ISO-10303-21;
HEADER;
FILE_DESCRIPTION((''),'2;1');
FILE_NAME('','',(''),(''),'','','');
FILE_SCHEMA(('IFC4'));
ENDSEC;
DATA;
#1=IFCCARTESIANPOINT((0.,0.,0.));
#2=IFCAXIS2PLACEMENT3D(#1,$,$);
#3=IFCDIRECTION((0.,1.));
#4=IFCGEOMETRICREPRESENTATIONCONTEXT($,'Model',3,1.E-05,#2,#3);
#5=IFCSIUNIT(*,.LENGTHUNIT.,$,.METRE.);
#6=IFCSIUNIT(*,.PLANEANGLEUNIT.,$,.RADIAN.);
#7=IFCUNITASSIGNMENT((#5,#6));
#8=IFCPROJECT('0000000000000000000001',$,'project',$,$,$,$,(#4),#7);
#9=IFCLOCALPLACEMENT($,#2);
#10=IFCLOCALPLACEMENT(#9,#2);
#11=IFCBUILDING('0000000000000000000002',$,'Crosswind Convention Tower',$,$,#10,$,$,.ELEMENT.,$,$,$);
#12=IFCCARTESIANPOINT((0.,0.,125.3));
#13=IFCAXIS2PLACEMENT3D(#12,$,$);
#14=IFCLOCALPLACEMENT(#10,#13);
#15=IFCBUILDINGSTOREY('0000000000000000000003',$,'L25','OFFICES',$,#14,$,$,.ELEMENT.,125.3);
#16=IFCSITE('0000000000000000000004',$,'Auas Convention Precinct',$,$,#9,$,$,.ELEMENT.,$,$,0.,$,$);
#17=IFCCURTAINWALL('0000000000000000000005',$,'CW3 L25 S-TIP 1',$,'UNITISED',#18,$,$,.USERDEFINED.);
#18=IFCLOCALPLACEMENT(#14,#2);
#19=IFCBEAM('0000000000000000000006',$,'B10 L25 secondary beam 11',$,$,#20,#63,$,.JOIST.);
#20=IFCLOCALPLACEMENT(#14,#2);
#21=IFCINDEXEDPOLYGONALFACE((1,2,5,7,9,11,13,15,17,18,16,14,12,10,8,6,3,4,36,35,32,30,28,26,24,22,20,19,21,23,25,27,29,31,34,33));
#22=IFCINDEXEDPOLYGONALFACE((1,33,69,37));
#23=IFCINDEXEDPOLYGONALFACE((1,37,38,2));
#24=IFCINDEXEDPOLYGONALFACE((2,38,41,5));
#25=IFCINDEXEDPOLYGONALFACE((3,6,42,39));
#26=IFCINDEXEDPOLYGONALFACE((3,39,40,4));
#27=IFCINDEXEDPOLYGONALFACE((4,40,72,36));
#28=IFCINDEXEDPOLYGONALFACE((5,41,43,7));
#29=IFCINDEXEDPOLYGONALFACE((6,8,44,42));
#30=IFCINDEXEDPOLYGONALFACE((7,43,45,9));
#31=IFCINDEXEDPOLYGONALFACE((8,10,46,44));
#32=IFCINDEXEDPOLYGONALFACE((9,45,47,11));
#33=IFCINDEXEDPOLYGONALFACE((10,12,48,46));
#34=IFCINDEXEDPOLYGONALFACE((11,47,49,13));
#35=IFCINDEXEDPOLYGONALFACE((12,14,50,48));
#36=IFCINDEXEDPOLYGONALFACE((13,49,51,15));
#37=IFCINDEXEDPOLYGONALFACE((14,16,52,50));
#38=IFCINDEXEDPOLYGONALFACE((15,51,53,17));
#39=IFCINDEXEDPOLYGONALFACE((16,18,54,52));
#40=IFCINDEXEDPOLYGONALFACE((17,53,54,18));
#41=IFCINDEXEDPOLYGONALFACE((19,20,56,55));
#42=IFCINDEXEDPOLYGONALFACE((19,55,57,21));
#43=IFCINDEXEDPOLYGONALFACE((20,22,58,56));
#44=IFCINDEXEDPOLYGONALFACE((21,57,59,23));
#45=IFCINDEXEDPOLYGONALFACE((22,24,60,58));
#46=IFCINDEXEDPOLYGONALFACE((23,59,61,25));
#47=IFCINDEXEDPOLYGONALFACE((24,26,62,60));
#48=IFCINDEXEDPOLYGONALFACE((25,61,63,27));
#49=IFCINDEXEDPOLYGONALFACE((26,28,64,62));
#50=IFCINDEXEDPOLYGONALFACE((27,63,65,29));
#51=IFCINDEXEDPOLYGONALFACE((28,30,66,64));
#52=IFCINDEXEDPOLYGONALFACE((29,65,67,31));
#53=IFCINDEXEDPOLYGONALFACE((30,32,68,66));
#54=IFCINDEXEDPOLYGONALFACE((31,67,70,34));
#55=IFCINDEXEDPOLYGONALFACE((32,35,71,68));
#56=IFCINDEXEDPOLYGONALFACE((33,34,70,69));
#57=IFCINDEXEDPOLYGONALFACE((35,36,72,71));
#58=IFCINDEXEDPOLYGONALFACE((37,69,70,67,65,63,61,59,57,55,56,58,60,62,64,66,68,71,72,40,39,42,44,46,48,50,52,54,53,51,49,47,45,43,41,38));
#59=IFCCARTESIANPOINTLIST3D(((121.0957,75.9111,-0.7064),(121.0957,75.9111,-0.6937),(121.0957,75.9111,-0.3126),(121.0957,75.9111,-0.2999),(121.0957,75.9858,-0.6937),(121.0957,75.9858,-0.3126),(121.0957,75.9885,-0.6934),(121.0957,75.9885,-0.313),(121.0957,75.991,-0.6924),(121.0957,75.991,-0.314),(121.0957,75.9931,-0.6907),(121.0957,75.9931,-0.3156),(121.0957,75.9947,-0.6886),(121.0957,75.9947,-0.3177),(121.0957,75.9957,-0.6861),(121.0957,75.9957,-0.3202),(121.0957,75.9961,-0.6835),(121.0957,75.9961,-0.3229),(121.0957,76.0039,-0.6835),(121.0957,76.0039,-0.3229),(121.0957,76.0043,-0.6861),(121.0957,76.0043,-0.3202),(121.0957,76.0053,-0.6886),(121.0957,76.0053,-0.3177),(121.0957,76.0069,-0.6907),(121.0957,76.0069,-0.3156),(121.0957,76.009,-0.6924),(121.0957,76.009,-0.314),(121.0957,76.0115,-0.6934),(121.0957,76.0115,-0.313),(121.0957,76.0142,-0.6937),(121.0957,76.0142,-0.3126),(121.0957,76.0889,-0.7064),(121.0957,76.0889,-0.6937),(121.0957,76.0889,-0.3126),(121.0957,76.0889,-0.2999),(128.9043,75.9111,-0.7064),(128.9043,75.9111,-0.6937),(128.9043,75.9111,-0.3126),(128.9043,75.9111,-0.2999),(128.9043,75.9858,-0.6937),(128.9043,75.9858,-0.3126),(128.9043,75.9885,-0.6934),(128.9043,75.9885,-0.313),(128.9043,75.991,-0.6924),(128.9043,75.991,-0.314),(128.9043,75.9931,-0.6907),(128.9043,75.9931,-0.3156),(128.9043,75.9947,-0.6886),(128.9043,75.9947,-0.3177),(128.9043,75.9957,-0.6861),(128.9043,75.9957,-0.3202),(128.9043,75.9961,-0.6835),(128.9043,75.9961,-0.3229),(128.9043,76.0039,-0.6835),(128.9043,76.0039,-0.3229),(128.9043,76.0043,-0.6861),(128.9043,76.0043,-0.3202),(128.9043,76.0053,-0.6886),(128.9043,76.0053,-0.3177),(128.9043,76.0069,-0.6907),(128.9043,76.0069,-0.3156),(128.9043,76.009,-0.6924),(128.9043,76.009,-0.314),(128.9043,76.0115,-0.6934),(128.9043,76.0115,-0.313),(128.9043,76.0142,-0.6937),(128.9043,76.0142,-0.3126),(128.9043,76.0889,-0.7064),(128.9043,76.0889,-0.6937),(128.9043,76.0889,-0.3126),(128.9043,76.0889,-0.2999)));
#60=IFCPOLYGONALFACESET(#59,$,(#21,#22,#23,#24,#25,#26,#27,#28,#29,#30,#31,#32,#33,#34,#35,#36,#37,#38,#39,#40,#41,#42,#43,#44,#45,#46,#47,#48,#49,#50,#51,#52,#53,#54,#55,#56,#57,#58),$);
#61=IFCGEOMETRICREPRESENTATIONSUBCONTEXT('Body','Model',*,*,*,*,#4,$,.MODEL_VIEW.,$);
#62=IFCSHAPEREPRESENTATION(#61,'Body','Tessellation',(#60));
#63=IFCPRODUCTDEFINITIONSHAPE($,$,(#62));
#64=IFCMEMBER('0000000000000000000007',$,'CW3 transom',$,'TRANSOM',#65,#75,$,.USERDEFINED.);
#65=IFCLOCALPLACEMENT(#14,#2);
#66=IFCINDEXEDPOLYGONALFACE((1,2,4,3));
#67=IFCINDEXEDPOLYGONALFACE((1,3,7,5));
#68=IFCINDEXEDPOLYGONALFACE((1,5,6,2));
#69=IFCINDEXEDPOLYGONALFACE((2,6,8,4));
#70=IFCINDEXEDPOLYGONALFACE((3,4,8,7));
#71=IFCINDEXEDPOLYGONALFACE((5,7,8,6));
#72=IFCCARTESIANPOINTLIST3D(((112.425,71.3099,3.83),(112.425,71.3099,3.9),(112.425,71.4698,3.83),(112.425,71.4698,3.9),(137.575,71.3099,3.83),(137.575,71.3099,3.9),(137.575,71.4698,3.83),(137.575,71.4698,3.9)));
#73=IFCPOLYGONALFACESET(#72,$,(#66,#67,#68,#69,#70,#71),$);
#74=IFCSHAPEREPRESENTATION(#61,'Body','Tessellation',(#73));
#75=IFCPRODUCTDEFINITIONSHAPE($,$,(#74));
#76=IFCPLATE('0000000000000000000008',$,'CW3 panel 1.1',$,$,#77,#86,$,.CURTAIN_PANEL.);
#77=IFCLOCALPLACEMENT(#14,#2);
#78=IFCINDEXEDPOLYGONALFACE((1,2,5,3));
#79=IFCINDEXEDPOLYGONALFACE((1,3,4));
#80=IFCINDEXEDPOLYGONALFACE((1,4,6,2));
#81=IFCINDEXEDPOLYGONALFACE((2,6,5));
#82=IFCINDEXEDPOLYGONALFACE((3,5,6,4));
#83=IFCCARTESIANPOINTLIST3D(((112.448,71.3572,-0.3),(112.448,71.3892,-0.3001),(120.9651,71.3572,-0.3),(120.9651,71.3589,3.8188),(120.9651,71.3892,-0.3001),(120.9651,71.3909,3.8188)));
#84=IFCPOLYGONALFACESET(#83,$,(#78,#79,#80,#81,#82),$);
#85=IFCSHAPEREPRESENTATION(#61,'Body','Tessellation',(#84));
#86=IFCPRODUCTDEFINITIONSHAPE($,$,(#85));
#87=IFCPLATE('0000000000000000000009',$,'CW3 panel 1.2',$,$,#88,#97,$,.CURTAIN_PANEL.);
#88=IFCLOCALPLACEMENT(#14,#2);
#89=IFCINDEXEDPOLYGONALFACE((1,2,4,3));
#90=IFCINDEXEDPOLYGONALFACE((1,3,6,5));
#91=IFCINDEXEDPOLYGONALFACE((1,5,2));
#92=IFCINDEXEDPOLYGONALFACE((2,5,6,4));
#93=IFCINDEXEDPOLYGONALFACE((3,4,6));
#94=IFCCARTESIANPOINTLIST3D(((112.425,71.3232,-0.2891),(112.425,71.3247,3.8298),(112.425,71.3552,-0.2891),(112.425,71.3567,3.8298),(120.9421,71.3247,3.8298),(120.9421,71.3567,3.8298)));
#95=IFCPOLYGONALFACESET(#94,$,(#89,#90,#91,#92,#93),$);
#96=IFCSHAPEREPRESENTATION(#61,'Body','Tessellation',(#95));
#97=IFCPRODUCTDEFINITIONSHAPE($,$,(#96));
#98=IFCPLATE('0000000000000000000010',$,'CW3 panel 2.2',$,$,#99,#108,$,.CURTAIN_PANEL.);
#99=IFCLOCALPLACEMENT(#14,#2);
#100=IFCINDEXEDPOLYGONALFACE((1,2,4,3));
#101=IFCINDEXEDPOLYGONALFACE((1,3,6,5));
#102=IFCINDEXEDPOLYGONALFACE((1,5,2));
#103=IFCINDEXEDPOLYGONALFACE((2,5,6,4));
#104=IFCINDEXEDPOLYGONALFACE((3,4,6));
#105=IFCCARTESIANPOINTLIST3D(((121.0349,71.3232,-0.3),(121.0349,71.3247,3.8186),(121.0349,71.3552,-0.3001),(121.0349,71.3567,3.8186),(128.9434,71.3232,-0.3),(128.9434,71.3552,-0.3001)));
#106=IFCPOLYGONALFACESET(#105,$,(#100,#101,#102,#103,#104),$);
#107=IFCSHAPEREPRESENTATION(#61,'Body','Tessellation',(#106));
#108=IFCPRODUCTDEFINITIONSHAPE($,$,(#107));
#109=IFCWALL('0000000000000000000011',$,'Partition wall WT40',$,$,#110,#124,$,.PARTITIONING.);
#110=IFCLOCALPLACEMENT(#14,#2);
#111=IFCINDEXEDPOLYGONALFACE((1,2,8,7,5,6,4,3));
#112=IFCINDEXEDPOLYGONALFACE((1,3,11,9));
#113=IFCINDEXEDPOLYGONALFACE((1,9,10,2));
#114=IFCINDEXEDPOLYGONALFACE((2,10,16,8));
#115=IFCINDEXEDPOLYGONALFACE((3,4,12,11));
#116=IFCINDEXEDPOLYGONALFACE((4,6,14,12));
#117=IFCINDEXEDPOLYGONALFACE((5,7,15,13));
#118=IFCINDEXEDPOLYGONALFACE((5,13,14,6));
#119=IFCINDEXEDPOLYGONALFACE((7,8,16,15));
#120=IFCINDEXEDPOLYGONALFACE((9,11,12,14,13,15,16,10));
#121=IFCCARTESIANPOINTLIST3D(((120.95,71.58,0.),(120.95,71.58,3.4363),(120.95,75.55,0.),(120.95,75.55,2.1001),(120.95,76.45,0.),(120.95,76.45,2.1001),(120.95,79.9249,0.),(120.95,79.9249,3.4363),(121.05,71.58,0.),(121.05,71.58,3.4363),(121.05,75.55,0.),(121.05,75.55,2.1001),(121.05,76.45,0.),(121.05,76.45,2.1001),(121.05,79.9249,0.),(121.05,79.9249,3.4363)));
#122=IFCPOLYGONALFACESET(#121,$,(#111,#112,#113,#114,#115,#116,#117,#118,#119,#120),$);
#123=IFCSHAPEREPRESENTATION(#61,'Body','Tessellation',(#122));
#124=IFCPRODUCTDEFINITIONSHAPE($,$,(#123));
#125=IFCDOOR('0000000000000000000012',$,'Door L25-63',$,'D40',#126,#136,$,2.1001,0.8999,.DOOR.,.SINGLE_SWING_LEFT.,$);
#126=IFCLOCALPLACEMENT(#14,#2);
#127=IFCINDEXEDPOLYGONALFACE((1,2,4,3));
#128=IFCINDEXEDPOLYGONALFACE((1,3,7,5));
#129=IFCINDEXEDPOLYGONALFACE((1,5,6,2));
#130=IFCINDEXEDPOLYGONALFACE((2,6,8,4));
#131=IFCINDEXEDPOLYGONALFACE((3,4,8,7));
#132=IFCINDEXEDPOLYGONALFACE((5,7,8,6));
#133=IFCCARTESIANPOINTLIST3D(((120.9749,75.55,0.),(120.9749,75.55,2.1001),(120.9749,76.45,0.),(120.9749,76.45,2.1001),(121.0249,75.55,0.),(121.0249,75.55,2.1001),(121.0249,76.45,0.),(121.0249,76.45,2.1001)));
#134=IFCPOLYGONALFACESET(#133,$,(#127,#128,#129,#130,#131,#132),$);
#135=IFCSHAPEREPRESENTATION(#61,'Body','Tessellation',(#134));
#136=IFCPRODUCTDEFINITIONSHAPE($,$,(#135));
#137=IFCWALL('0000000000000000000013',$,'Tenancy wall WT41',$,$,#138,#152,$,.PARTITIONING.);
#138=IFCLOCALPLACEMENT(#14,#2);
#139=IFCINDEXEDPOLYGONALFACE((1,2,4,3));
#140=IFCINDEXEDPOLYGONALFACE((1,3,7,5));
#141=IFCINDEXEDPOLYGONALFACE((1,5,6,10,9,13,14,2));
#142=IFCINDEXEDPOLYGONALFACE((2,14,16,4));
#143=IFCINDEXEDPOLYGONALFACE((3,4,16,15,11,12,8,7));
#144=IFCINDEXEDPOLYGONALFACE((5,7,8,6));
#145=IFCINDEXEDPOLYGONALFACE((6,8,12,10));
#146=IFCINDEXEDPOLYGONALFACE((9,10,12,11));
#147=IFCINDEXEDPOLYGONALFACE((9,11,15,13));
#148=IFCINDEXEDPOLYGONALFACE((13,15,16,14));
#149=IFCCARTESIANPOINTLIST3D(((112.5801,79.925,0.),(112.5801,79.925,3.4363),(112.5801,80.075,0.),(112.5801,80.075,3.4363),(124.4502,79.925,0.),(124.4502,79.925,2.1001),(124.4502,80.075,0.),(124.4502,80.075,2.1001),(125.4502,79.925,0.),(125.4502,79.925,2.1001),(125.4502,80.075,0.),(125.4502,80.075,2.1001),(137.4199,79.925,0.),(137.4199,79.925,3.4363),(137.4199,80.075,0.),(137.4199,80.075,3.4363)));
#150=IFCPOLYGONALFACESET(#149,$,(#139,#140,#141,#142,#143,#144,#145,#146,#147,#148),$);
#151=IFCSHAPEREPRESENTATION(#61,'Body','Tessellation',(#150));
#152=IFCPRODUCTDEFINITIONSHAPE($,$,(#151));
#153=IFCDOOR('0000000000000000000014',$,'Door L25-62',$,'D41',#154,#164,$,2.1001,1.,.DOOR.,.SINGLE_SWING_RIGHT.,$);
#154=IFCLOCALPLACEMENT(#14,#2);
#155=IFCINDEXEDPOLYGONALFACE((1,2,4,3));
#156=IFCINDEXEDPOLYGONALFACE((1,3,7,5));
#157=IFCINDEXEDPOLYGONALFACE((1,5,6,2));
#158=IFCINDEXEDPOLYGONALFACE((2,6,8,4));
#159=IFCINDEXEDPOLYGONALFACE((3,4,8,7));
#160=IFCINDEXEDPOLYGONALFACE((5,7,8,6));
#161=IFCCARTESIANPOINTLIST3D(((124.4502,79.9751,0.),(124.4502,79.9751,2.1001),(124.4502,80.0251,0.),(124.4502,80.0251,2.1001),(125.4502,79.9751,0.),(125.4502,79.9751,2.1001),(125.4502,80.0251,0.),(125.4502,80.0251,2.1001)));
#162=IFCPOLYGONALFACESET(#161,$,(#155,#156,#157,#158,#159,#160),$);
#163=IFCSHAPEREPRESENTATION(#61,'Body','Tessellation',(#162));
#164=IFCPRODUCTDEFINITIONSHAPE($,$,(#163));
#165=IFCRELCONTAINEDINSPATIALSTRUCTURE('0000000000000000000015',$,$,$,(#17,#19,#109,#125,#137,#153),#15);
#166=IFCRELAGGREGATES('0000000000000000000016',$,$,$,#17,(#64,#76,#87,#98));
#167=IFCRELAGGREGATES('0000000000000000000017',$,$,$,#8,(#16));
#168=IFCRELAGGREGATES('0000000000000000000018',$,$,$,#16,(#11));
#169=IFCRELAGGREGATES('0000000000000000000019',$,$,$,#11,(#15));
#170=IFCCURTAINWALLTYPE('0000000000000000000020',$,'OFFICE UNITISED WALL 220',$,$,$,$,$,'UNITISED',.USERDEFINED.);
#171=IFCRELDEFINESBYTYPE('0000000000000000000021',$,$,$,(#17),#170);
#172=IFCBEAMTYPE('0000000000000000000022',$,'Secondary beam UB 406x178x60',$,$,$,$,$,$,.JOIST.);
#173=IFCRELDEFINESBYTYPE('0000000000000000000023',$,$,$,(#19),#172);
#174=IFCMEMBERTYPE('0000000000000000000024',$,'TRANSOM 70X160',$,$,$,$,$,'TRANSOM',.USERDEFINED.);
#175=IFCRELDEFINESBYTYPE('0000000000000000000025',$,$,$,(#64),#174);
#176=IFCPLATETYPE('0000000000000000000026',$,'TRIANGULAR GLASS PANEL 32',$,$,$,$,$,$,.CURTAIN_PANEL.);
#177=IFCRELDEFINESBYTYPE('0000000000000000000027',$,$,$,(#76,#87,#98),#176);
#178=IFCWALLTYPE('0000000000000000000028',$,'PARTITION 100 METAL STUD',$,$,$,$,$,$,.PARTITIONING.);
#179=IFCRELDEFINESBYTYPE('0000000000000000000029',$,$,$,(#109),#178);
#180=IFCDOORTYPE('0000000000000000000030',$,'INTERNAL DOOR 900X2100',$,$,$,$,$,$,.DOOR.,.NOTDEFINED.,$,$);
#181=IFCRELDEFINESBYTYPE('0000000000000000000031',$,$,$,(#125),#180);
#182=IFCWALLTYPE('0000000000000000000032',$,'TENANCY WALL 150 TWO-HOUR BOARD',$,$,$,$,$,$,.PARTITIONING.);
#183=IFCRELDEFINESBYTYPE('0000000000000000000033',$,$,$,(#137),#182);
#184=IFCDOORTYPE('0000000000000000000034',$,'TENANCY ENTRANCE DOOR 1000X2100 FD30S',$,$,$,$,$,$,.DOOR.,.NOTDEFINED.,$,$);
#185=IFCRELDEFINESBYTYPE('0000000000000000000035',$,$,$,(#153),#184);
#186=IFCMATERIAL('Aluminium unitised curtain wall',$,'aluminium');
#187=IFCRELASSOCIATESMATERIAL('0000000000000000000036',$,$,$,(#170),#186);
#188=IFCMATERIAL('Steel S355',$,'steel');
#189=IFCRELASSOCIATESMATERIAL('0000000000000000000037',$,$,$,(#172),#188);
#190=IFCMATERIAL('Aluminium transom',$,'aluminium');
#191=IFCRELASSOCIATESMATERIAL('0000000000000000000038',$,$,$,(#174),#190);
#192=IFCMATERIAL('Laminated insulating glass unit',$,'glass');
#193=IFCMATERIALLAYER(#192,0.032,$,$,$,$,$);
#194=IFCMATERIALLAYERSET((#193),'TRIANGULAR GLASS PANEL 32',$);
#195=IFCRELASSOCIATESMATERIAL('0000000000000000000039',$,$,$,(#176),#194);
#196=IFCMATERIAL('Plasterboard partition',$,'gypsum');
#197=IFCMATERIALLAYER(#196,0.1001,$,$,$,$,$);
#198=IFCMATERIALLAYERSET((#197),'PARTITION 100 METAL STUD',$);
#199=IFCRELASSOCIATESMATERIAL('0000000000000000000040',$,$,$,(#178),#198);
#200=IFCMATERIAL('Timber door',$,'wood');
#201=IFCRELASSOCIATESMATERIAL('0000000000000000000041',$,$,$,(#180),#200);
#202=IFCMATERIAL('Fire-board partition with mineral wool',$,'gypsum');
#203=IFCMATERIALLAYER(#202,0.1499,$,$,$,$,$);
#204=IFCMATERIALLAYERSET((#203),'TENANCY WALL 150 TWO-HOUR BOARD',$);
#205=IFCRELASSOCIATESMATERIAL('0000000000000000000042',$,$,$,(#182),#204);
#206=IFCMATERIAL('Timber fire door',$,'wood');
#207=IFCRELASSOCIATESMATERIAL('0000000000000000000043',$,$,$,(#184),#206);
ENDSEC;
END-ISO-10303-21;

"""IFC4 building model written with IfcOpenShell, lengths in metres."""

from ifc_helpers import new_model, si_unit, direction, frame, frame_2d, origin, origin_2d, place, context, subcontext, project, spatial, polyline, rectangle, i_section, outline, extrude, material, layer, layer_set, material_profile, profile_set, type_object, element, fill, aggregate, save


model = new_model("IFC4")

# Units and contexts
model_context = context("Model", 3, precision=1e-05, world=origin(), true_north=direction((0.0, 1.0)))
body_context = subcontext(model_context, "Body", "Model", "MODEL_VIEW")
ifc_project = project(units=[si_unit("LENGTHUNIT", "METRE"), si_unit("PLANEANGLEUNIT", "RADIAN")], contexts=[model_context])

# Site, building, storey
site_placement = place(None, origin())
site = spatial("IfcSite", under=ifc_project, at=site_placement, Name="Auas Convention Precinct", CompositionType="ELEMENT", RefElevation=0.0)
building_placement = place(site_placement, origin())
building = spatial("IfcBuilding", under=site, at=building_placement, Name="Crosswind Convention Tower", CompositionType="ELEMENT")
storey_placement = place(building_placement, frame((0.0, 0.0, 125.3)))
storey = spatial("IfcBuildingStorey", under=building, at=storey_placement, Name="L25", Description="OFFICES", CompositionType="ELEMENT", Elevation=125.3)

# Shared definitions
ifc_material_1 = material(Name="Steel S355", Category="steel")

# Curtain wall
ifc_material_2 = material(Name="Aluminium unitised curtain wall", Category="aluminium")
curtain_wall_type_1 = type_object("IfcCurtainWallType", Name="OFFICE UNITISED WALL 220", ElementType="UNITISED", PredefinedType="USERDEFINED", material=ifc_material_2)
curtain_wall_1_placement = place(storey_placement, origin())
curtain_wall_1 = element("IfcCurtainWall", 1, at=curtain_wall_1_placement, inside=storey, type_object=curtain_wall_type_1, Name="CW3 L25 S-TIP 1", ObjectType="UNITISED", PredefinedType="USERDEFINED")

# Beam
ifc_material_profile_1 = material_profile(ifc_material_1, i_section(OverallWidth=0.1777, OverallDepth=0.4065, WebThickness=0.0078, FlangeThickness=0.0127, FilletRadius=0.0103, at=origin_2d()), Name="UB 406x178x60")
ifc_profile_set_1 = profile_set([ifc_material_profile_1], Name="Steel S355")
beam_type_1 = type_object("IfcBeamType", Name="Secondary beam UB 406x178x60", PredefinedType="JOIST", material=ifc_profile_set_1)
beam_1_placement = place(storey_placement, frame((121.0957, 76.0, -0.5032), z_axis=(1.0, 0.0, 0.0), x_axis=(0.0, 1.0, 0.0)))
element("IfcBeam", 2, at=beam_1_placement, inside=storey, type_object=beam_type_1, Name="B10 L25 secondary beam 11", PredefinedType="JOIST", context=body_context, shape_type="SweptSolid", body=[
    extrude(i_section(OverallWidth=0.1777, OverallDepth=0.4065, WebThickness=0.0078, FlangeThickness=0.0127, FilletRadius=0.0103, at=origin_2d()), origin(), (0.0, 0.0, 1.0), 7.8086),
])

# Member
ifc_material_3 = material(Name="Aluminium transom", Category="aluminium")
ifc_material_profile_2 = material_profile(ifc_material_3, rectangle(XDim=0.1599, YDim=0.0701, at=origin_2d()), Name="AL 160X70")
ifc_profile_set_2 = profile_set([ifc_material_profile_2], Name="Aluminium transom")
member_type_1 = type_object("IfcMemberType", Name="TRANSOM 70X160", ElementType="TRANSOM", PredefinedType="USERDEFINED", material=ifc_profile_set_2)
member_1_placement = place(storey_placement, frame((112.425, 71.3899, 3.865), z_axis=(1.0, 0.0, 0.0), x_axis=(0.0, 1.0, 0.0)))
member_1 = element("IfcMember", 3, at=member_1_placement, type_object=member_type_1, Name="CW3 transom", ObjectType="TRANSOM", PredefinedType="USERDEFINED", context=body_context, shape_type="SweptSolid", body=[
    extrude(rectangle(XDim=0.1599, YDim=0.0701, at=origin_2d()), origin(), (0.0, 0.0, 1.0), 25.1499),
])

# Plates
ifc_material_4 = material(Name="Laminated insulating glass unit", Category="glass")
ifc_layer_1 = layer(ifc_material_4, 0.032)
ifc_layer_set_1 = layer_set([ifc_layer_1], Name="TRIANGULAR GLASS PANEL 32")
plate_type = type_object("IfcPlateType", Name="TRIANGULAR GLASS PANEL 32", PredefinedType="CURTAIN_PANEL", material=ifc_layer_set_1)
plate_1_placement = place(storey_placement, frame((120.9651, 71.3572, -0.3), z_axis=(0.0, -1.0, 0.000415), x_axis=(0.0, 0.000415, 1.0)))
plate_1 = element("IfcPlate", 4, at=plate_1_placement, type_object=plate_type, Name="CW3 panel 1.1", PredefinedType="CURTAIN_PANEL", context=body_context, shape_type="SweptSolid", body=[
    extrude(outline(polyline([(0.0, 0.0), (4.1189, 0.0), (0.0, 8.5171), (0.0, 0.0)])), origin(), (0.0, 0.0, -1.0), 0.032),
])
plate_2_placement = place(storey_placement, frame((112.425, 71.3247, 3.8298), z_axis=(0.0, -1.0, 0.000356), x_axis=(0.0, -0.000356, -1.0)))
plate_2 = element("IfcPlate", 5, at=plate_2_placement, type_object=plate_type, Name="CW3 panel 1.2", PredefinedType="CURTAIN_PANEL", context=body_context, shape_type="SweptSolid", body=[
    extrude(outline(polyline([(0.0, 0.0), (4.1189, 0.0), (0.0, 8.5171), (0.0, 0.0)])), origin(), (0.0, 0.0, -1.0), 0.032),
])
plate_3_placement = place(storey_placement, frame((121.0349, 71.3232, -0.3), z_axis=(0.0, -1.0, 0.000356), x_axis=(1.0, 0.0, 0.0)))
plate_3 = element("IfcPlate", 6, at=plate_3_placement, type_object=plate_type, Name="CW3 panel 2.2", PredefinedType="CURTAIN_PANEL", context=body_context, shape_type="SweptSolid", body=[
    extrude(outline(polyline([(0.0, 0.0), (7.9084, 0.0), (0.0, 4.1187), (0.0, 0.0)])), origin(), (0.0, 0.0, -1.0), 0.032),
])

# Walls, openings, doors
ifc_material_5 = material(Name="Plasterboard partition", Category="gypsum")
ifc_layer_2 = layer(ifc_material_5, 0.1001)
ifc_layer_set_2 = layer_set([ifc_layer_2], Name="PARTITION 100 METAL STUD")
wall_type_1 = type_object("IfcWallType", Name="PARTITION 100 METAL STUD", PredefinedType="PARTITIONING", material=ifc_layer_set_2)
wall_1_placement = place(storey_placement, frame((121.0, 71.5801, 0.0), z_axis=(0.0, 0.0, 1.0), x_axis=(0.0, 1.0, 0.0)))
wall_1 = element("IfcWall", 7, at=wall_1_placement, inside=storey, type_object=wall_type_1, Name="Partition wall WT40", PredefinedType="PARTITIONING", context=body_context, shape_type="SweptSolid", body=[
    extrude(rectangle(XDim=8.345, YDim=0.1001, at=frame_2d((4.1724, 0.0))), origin(), (0.0, 0.0, 1.0), 3.4363),
])
opening_1_placement = place(wall_1_placement, frame((3.97, 0.0, 0.0)))
opening_1 = element("IfcOpeningElement", 8, at=opening_1_placement, cuts=wall_1, PredefinedType="OPENING", context=body_context, shape_type="SweptSolid", body=[
    extrude(rectangle(XDim=0.8999, YDim=2.1001, at=frame_2d((0.45, 1.05))), frame((0.0, 0.0601, 0.0), z_axis=(0.0, -1.0, 0.0), x_axis=(1.0, 0.0, 0.0)), (0.0, 0.0, 1.0), 0.1201),
])
ifc_material_6 = material(Name="Timber door", Category="wood")
door_type_1 = type_object("IfcDoorType", Name="INTERNAL DOOR 900X2100", OperationType="NOTDEFINED", PredefinedType="DOOR", material=ifc_material_6)
door_1_placement = place(opening_1_placement, frame((0.8999, 0.0, 0.0), z_axis=(0.0, 0.0, 1.0), x_axis=(-1.0, 0.0, 0.0)))
door_1 = element("IfcDoor", 9, at=door_1_placement, inside=storey, type_object=door_type_1, Name="Door L25-63", ObjectType="D40", OperationType="SINGLE_SWING_LEFT", OverallHeight=2.1001, OverallWidth=0.8999, PredefinedType="DOOR", context=body_context, shape_type="SweptSolid", body=[
    extrude(rectangle(XDim=0.8999, YDim=2.1001, at=frame_2d((0.45, 1.05))), frame((0.0, 0.0249, 0.0), z_axis=(0.0, -1.0, 0.0), x_axis=(1.0, 0.0, 0.0)), (0.0, 0.0, 1.0), 0.05),
])
fill(opening_1, door_1)
ifc_material_7 = material(Name="Fire-board partition with mineral wool", Category="gypsum")
ifc_layer_3 = layer(ifc_material_7, 0.1499)
ifc_layer_set_3 = layer_set([ifc_layer_3], Name="TENANCY WALL 150 TWO-HOUR BOARD")
wall_type_2 = type_object("IfcWallType", Name="TENANCY WALL 150 TWO-HOUR BOARD", PredefinedType="PARTITIONING", material=ifc_layer_set_3)
wall_2_placement = place(storey_placement, frame((112.5801, 80.0, 0.0), z_axis=(0.0, 0.0, 1.0), x_axis=(1.0, 0.0, 0.0)))
wall_2 = element("IfcWall", 10, at=wall_2_placement, inside=storey, type_object=wall_type_2, Name="Tenancy wall WT41", PredefinedType="PARTITIONING", context=body_context, shape_type="SweptSolid", body=[
    extrude(rectangle(XDim=24.8398, YDim=0.1499, at=frame_2d((12.4199, 0.0))), origin(), (0.0, 0.0, 1.0), 3.4363),
])
opening_2_placement = place(wall_2_placement, frame((11.8701, 0.0, 0.0)))
opening_2 = element("IfcOpeningElement", 11, at=opening_2_placement, cuts=wall_2, PredefinedType="OPENING", context=body_context, shape_type="SweptSolid", body=[
    extrude(rectangle(XDim=1.0, YDim=2.1001, at=frame_2d((0.5, 1.05))), frame((0.0, 0.085, 0.0), z_axis=(0.0, -1.0, 0.0), x_axis=(1.0, 0.0, 0.0)), (0.0, 0.0, 1.0), 0.1699),
])
ifc_material_8 = material(Name="Timber fire door", Category="wood")
door_type_2 = type_object("IfcDoorType", Name="TENANCY ENTRANCE DOOR 1000X2100 FD30S", OperationType="NOTDEFINED", PredefinedType="DOOR", material=ifc_material_8)
door_2_placement = place(opening_2_placement, frame((1.0, 0.0, 0.0), z_axis=(0.0, 0.0, 1.0), x_axis=(-1.0, 0.0, 0.0)))
door_2 = element("IfcDoor", 12, at=door_2_placement, inside=storey, type_object=door_type_2, Name="Door L25-62", ObjectType="D41", OperationType="SINGLE_SWING_RIGHT", OverallHeight=2.1001, OverallWidth=1.0, PredefinedType="DOOR", context=body_context, shape_type="SweptSolid", body=[
    extrude(rectangle(XDim=1.0, YDim=2.1001, at=frame_2d((0.5, 1.05))), frame((0.0, 0.0249, 0.0), z_axis=(0.0, -1.0, 0.0), x_axis=(1.0, 0.0, 0.0)), (0.0, 0.0, 1.0), 0.05),
])
fill(opening_2, door_2)

aggregate(curtain_wall_1, [member_1, plate_1, plate_2, plate_3])

save(model, "model.ifc")
